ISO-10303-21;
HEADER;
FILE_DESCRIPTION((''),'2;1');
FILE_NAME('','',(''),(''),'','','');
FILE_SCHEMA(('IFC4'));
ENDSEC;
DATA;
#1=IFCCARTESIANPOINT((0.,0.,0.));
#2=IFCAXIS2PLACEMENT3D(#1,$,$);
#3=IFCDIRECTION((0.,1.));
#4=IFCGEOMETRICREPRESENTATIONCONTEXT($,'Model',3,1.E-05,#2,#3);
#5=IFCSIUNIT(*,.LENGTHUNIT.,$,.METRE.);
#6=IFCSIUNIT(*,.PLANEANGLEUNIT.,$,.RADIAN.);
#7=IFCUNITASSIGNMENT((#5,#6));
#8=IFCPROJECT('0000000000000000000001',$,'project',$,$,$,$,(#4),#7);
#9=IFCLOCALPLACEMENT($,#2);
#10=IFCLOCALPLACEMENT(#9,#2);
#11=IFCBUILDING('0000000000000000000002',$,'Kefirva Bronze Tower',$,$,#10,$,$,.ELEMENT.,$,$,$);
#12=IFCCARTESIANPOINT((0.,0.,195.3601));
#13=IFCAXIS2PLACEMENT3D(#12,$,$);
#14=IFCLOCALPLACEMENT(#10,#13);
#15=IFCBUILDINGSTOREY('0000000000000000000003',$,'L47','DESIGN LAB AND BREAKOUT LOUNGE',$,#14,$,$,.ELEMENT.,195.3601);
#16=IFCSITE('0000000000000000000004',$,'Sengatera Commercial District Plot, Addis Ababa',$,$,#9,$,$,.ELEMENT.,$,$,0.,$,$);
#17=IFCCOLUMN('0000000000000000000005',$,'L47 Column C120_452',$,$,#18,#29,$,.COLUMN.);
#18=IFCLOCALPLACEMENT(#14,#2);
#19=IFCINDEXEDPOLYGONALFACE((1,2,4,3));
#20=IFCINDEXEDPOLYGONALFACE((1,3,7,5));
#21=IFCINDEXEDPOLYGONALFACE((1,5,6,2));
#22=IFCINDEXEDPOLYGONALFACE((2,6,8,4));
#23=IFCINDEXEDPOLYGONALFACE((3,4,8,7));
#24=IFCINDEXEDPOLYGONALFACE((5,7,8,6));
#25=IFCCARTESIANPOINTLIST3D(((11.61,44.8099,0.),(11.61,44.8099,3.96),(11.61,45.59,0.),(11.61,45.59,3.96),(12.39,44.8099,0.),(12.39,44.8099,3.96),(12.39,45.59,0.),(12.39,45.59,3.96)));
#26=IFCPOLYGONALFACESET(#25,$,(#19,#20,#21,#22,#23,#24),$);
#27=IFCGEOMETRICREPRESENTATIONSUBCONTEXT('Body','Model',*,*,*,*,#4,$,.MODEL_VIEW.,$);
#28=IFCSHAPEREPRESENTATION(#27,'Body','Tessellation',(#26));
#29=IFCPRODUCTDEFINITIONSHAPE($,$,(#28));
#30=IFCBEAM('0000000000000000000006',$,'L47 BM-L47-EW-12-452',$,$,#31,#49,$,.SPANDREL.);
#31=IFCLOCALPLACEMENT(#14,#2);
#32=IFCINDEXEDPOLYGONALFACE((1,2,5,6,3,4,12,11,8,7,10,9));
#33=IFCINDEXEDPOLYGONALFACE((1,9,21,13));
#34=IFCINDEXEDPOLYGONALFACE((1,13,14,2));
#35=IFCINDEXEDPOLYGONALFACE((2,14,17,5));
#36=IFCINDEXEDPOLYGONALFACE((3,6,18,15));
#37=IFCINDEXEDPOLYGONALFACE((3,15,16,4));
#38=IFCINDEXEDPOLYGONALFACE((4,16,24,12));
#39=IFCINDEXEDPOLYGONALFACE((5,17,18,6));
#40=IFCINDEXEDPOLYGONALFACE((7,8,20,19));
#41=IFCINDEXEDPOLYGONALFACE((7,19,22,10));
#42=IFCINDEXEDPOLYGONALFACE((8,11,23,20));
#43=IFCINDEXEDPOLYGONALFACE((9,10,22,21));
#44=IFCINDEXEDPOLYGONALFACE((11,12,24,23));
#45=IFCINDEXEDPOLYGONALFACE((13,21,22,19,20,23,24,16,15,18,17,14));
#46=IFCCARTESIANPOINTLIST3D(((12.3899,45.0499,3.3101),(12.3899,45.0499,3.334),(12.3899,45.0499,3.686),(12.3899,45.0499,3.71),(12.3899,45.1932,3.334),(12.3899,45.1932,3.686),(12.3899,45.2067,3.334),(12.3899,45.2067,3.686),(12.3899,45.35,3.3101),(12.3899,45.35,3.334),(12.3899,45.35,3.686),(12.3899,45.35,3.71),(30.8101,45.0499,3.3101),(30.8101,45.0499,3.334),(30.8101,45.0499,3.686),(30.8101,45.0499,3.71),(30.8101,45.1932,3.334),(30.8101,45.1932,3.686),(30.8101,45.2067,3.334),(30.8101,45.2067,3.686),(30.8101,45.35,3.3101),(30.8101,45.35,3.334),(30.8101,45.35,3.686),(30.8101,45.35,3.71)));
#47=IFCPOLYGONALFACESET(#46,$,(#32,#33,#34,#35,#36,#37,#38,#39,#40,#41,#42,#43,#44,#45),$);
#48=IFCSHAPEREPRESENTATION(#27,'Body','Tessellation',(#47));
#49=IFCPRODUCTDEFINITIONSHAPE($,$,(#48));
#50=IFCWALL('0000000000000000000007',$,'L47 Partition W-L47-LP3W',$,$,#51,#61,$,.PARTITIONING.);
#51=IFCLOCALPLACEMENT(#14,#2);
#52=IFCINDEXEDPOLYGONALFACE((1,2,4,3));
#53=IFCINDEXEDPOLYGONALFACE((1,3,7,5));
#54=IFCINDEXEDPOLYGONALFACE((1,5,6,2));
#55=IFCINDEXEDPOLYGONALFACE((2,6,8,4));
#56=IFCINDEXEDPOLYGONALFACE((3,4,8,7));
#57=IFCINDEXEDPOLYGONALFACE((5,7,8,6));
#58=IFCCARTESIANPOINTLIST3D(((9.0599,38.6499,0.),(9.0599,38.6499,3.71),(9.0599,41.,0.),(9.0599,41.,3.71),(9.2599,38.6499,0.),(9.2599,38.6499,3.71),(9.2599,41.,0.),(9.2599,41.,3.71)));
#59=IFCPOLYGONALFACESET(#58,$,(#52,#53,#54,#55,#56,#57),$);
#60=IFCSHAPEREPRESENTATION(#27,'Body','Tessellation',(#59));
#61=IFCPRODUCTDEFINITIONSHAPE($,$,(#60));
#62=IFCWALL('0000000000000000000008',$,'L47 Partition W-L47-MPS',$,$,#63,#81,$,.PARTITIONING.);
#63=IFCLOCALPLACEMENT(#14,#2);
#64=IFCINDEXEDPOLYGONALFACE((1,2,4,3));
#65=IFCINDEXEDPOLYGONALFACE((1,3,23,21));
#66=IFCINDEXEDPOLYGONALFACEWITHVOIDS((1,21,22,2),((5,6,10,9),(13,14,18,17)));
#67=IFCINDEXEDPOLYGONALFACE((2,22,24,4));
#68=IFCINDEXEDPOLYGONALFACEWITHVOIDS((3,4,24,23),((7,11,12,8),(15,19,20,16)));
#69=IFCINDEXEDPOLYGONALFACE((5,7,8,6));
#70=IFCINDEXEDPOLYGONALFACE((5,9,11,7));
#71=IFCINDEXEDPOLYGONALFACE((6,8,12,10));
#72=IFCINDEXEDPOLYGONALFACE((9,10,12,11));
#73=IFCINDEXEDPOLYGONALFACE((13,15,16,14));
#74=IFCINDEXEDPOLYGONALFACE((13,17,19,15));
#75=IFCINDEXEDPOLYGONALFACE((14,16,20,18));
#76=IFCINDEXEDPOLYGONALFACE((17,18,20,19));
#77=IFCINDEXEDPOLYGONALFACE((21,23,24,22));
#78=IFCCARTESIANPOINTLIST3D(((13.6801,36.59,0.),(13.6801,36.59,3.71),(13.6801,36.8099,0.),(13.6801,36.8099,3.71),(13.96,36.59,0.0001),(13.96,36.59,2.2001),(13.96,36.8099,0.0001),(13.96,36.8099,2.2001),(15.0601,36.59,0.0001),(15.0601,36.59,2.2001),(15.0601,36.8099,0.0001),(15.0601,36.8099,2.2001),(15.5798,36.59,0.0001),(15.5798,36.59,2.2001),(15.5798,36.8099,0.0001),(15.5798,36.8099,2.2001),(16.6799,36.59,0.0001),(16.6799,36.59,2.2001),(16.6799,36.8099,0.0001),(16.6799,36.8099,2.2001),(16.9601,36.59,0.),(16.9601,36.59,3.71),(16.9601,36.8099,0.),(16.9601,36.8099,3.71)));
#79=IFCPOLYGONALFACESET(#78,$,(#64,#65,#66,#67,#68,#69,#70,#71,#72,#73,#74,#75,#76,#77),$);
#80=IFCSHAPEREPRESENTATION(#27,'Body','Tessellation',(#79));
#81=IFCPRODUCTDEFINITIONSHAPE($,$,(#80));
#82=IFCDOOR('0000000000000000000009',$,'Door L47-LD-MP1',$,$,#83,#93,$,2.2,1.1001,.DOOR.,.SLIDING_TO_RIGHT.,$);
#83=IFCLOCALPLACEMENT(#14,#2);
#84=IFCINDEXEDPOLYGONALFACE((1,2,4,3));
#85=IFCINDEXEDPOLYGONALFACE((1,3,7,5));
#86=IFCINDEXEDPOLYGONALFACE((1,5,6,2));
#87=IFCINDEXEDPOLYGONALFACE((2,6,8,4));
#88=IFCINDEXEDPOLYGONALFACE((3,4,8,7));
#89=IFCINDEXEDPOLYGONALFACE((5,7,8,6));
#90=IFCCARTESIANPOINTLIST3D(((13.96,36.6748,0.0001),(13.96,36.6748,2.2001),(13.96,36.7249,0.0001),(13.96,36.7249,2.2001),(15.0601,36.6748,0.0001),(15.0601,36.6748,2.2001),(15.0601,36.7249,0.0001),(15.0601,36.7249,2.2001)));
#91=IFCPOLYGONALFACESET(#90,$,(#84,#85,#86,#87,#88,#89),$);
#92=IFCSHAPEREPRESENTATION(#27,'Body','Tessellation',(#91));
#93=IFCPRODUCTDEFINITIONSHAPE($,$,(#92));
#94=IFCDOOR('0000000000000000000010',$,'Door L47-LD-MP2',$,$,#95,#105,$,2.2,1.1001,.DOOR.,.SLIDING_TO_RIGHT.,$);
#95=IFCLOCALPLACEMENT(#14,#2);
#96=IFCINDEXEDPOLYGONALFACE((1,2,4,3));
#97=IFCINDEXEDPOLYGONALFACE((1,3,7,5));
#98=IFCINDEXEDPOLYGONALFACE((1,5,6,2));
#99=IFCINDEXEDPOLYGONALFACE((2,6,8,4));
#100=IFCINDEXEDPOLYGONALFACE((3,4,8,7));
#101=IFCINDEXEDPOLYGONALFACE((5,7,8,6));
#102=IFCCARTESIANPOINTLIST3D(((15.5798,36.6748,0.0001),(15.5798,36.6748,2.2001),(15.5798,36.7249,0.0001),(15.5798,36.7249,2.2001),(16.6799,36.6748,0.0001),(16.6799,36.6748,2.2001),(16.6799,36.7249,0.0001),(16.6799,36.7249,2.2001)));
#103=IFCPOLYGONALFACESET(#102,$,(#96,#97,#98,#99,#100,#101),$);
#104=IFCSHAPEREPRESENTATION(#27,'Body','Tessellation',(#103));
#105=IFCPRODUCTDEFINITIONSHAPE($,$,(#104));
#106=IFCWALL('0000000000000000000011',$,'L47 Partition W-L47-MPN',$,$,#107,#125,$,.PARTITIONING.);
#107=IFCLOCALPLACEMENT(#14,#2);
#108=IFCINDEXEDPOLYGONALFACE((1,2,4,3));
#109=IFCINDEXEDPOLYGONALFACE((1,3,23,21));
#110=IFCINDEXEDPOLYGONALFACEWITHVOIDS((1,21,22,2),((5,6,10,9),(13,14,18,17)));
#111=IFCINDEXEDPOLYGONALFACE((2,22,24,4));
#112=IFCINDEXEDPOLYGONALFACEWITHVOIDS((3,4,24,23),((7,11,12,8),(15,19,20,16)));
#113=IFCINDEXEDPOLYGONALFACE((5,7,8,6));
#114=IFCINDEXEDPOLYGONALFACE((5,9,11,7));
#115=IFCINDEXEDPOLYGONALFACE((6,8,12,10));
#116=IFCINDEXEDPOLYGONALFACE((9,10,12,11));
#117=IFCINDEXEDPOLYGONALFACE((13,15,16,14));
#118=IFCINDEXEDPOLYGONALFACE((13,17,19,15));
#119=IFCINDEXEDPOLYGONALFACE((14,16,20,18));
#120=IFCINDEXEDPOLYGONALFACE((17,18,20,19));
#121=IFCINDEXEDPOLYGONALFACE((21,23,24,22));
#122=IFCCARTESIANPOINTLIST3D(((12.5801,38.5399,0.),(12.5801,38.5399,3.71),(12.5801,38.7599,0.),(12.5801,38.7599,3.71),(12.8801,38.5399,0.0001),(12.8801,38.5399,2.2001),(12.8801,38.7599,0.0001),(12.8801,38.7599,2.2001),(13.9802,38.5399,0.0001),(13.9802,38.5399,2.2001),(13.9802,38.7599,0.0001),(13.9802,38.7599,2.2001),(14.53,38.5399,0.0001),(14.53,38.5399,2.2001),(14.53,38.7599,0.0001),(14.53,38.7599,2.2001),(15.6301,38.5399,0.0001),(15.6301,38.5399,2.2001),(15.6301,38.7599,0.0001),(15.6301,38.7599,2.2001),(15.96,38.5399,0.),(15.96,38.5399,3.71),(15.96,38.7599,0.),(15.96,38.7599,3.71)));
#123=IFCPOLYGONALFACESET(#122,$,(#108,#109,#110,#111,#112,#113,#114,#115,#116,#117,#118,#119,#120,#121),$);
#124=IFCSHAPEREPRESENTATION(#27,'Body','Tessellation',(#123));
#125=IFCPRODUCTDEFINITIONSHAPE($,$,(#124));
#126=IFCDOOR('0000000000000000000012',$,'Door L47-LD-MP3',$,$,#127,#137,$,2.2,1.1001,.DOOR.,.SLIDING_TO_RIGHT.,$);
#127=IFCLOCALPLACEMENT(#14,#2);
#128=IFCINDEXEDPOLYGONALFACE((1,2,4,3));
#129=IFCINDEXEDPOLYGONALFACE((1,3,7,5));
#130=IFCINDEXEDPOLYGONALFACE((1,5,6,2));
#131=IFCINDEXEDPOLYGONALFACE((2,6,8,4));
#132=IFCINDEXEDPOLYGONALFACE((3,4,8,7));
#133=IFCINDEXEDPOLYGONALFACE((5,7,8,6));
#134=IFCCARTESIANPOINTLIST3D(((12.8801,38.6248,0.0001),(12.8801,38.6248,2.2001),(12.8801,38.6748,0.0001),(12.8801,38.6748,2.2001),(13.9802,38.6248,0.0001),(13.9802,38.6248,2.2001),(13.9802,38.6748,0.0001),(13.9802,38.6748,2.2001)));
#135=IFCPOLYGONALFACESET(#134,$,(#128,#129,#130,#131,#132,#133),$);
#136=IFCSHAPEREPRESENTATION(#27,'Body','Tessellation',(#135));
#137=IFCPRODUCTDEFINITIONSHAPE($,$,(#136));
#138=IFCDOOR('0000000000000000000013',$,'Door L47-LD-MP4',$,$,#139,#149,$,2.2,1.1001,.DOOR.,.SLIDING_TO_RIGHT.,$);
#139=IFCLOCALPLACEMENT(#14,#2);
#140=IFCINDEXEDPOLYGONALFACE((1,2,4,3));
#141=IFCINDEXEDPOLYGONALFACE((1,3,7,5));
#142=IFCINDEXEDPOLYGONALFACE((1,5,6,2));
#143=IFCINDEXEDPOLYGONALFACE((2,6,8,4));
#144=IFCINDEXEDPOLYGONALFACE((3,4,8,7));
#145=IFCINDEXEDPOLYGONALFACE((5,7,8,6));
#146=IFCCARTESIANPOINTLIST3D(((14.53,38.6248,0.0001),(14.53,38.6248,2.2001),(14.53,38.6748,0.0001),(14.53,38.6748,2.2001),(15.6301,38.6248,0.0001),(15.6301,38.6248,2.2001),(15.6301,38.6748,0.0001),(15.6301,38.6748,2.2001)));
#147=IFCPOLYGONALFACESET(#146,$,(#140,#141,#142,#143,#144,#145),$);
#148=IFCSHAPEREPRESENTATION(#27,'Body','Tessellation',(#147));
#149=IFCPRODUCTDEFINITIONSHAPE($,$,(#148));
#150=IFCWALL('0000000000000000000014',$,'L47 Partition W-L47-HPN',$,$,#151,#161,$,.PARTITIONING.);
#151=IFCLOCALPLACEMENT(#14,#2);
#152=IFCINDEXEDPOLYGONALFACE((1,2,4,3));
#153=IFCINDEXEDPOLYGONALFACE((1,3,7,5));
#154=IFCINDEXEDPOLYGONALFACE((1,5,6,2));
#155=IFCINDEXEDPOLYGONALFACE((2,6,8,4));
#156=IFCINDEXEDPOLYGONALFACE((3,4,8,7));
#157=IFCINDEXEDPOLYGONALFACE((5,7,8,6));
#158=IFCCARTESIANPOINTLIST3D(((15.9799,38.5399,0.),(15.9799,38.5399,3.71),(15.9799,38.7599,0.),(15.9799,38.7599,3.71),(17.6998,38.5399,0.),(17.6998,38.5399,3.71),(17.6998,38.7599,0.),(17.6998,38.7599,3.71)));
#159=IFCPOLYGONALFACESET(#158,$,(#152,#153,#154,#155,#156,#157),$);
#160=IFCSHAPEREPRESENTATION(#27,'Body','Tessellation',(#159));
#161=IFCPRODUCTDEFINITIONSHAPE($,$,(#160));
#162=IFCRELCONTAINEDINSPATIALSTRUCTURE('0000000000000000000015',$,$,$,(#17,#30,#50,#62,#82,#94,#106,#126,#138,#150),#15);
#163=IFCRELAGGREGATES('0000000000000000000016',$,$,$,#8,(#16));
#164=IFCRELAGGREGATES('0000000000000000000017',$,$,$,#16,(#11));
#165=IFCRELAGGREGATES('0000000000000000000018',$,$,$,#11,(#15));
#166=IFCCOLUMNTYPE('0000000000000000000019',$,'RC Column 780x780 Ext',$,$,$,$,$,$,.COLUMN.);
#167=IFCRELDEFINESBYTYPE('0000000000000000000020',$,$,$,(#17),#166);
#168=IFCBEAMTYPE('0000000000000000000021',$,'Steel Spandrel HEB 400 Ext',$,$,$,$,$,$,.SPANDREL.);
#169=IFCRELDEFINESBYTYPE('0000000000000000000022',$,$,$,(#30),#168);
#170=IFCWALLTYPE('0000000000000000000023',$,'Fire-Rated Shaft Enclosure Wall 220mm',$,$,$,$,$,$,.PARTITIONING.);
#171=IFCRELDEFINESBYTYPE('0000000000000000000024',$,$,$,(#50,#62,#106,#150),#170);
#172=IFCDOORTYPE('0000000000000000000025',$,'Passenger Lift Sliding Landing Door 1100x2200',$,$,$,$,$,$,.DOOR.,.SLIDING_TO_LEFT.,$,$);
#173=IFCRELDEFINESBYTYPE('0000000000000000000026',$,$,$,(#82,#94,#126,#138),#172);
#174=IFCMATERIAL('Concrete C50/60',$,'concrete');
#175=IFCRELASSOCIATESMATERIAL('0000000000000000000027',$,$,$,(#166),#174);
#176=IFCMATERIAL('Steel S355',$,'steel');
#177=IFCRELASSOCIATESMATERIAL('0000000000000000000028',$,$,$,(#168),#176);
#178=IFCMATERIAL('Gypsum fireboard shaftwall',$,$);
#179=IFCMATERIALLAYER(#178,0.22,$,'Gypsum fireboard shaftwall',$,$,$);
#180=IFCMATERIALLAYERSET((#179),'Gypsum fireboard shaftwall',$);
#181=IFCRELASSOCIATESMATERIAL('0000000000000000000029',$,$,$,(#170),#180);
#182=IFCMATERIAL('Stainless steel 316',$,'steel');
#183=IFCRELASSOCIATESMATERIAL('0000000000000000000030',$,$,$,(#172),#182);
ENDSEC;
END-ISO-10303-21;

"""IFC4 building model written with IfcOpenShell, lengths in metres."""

from ifc_helpers import new_model, si_unit, direction, frame, frame_2d, origin, origin_2d, place, context, subcontext, project, spatial, rectangle, i_section, extrude, material, layer, layer_set, material_profile, profile_set, type_object, element, fill, save


model = new_model("IFC4")

# Units and contexts
model_context = context("Model", 3, precision=1e-05, world=origin(), true_north=direction((0.0, 1.0)))
body_context = subcontext(model_context, "Body", "Model", "MODEL_VIEW")
ifc_project = project(units=[si_unit("LENGTHUNIT", "METRE"), si_unit("PLANEANGLEUNIT", "RADIAN")], contexts=[model_context])

# Site, building, storey
site_placement = place(None, origin())
site = spatial("IfcSite", under=ifc_project, at=site_placement, Name="Sengatera Commercial District Plot, Addis Ababa", CompositionType="ELEMENT", RefElevation=0.0)
building_placement = place(site_placement, origin())
building = spatial("IfcBuilding", under=site, at=building_placement, Name="Kefirva Bronze Tower", CompositionType="ELEMENT")
storey_placement = place(building_placement, frame((0.0, 0.0, 195.3601)))
storey = spatial("IfcBuildingStorey", under=building, at=storey_placement, Name="L47", Description="DESIGN LAB AND BREAKOUT LOUNGE", CompositionType="ELEMENT", Elevation=195.3601)

# Column
ifc_material_1 = material(Name="Concrete C50/60", Category="concrete")
ifc_material_profile_1 = material_profile(ifc_material_1, rectangle(XDim=0.78, YDim=0.78, at=origin_2d()), Name="RC 780x780")
ifc_profile_set_1 = profile_set([ifc_material_profile_1], Name="Concrete C50/60")
column_type = type_object("IfcColumnType", Name="RC Column 780x780 Ext", PredefinedType="COLUMN", material=ifc_profile_set_1)
column_placement = place(storey_placement, frame((12.0, 45.2, 0.0), z_axis=(0.0, 0.0, 1.0), x_axis=(1.0, 0.0, 0.0)))
element("IfcColumn", 1, at=column_placement, inside=storey, type_object=column_type, Name="L47 Column C120_452", PredefinedType="COLUMN", context=body_context, shape_type="SweptSolid", body=[
    extrude(rectangle(XDim=0.78, YDim=0.78, at=origin_2d()), origin(), (0.0, 0.0, 1.0), 3.96),
])

# Beam
ifc_material_2 = material(Name="Steel S355", Category="steel")
ifc_material_profile_2 = material_profile(ifc_material_2, i_section(OverallWidth=0.3, OverallDepth=0.3999, WebThickness=0.0134, FlangeThickness=0.0239, at=origin_2d()), Name="HEB 400")
ifc_profile_set_2 = profile_set([ifc_material_profile_2], Name="Steel S355")
beam_type = type_object("IfcBeamType", Name="Steel Spandrel HEB 400 Ext", PredefinedType="SPANDREL", material=ifc_profile_set_2)
beam_placement = place(storey_placement, frame((12.3899, 45.2, 3.51), z_axis=(1.0, 0.0, 0.0), x_axis=(0.0, 1.0, 0.0)))
element("IfcBeam", 2, at=beam_placement, inside=storey, type_object=beam_type, Name="L47 BM-L47-EW-12-452", PredefinedType="SPANDREL", context=body_context, shape_type="SweptSolid", body=[
    extrude(i_section(OverallWidth=0.3, OverallDepth=0.3999, WebThickness=0.0134, FlangeThickness=0.0239, at=origin_2d()), origin(), (0.0, 0.0, 1.0), 18.4202),
])

# Wall
ifc_material_3 = material(Name="Gypsum fireboard shaftwall")
ifc_layer_1 = layer(ifc_material_3, 0.22, Name="Gypsum fireboard shaftwall")
ifc_layer_set_1 = layer_set([ifc_layer_1], Name="Gypsum fireboard shaftwall")
wall_type_1 = type_object("IfcWallType", Name="Fire-Rated Shaft Enclosure Wall 220mm", PredefinedType="PARTITIONING", material=ifc_layer_set_1)
wall_1_placement = place(storey_placement, frame((9.1599, 38.6499, 0.0), z_axis=(0.0, 0.0, 1.0), x_axis=(0.0, 1.0, 0.0)))
element("IfcWall", 3, at=wall_1_placement, inside=storey, type_object=wall_type_1, Name="L47 Partition W-L47-LP3W", PredefinedType="PARTITIONING", context=body_context, shape_type="SweptSolid", body=[
    extrude(rectangle(XDim=2.3501, YDim=0.2, at=frame_2d((1.175, 0.0))), origin(), (0.0, 0.0, 1.0), 3.71),
])

# Walls, openings, doors
wall_2_placement = place(storey_placement, frame((13.6799, 36.7, 0.0), z_axis=(0.0, 0.0, 1.0), x_axis=(1.0, 0.0, 0.0)))
wall_2 = element("IfcWall", 4, at=wall_2_placement, inside=storey, type_object=wall_type_1, Name="L47 Partition W-L47-MPS", PredefinedType="PARTITIONING", context=body_context, shape_type="SweptSolid", body=[
    extrude(rectangle(XDim=3.28, YDim=0.22, at=frame_2d((1.6401, 0.0))), origin(), (0.0, 0.0, 1.0), 3.71),
])
opening_1_placement = place(wall_2_placement, frame((0.28, 0.0, 0.0)))
opening_1 = element("IfcOpeningElement", 5, at=opening_1_placement, cuts=wall_2, PredefinedType="OPENING", context=body_context, shape_type="SweptSolid", body=[
    extrude(rectangle(XDim=1.1001, YDim=2.2, at=frame_2d((0.55, 1.1001))), frame((0.0, 0.1201, 0.0), z_axis=(0.0, -1.0, 0.0), x_axis=(1.0, 0.0, 0.0)), (0.0, 0.0, 1.0), 0.24),
])
opening_2_placement = place(wall_2_placement, frame((1.8999, 0.0, 0.0)))
opening_2 = element("IfcOpeningElement", 6, at=opening_2_placement, cuts=wall_2, PredefinedType="OPENING", context=body_context, shape_type="SweptSolid", body=[
    extrude(rectangle(XDim=1.1001, YDim=2.2, at=frame_2d((0.55, 1.1001))), frame((0.0, 0.1201, 0.0), z_axis=(0.0, -1.0, 0.0), x_axis=(1.0, 0.0, 0.0)), (0.0, 0.0, 1.0), 0.24),
])
ifc_material_4 = material(Name="Stainless steel 316", Category="steel")
door_type_1 = type_object("IfcDoorType", Name="Passenger Lift Sliding Landing Door 1100x2200", OperationType="SLIDING_TO_LEFT", PredefinedType="DOOR", material=ifc_material_4)
door_1_placement = place(opening_1_placement, origin())
door_1 = element("IfcDoor", 7, at=door_1_placement, inside=storey, type_object=door_type_1, Name="Door L47-LD-MP1", OperationType="SLIDING_TO_RIGHT", OverallHeight=2.2, OverallWidth=1.1001, PredefinedType="DOOR", context=body_context, shape_type="SweptSolid", body=[
    extrude(rectangle(XDim=1.1001, YDim=2.2, at=frame_2d((0.55, 1.1001))), frame((0.0, 0.0249, 0.0), z_axis=(0.0, -1.0, 0.0), x_axis=(1.0, 0.0, 0.0)), (0.0, 0.0, 1.0), 0.05),
])
fill(opening_1, door_1)
door_2_placement = place(opening_2_placement, origin())
door_2 = element("IfcDoor", 8, at=door_2_placement, inside=storey, type_object=door_type_1, Name="Door L47-LD-MP2", OperationType="SLIDING_TO_RIGHT", OverallHeight=2.2, OverallWidth=1.1001, PredefinedType="DOOR", context=body_context, shape_type="SweptSolid", body=[
    extrude(rectangle(XDim=1.1001, YDim=2.2, at=frame_2d((0.55, 1.1001))), frame((0.0, 0.0249, 0.0), z_axis=(0.0, -1.0, 0.0), x_axis=(1.0, 0.0, 0.0)), (0.0, 0.0, 1.0), 0.05),
])
fill(opening_2, door_2)
wall_3_placement = place(storey_placement, frame((12.5801, 38.6499, 0.0), z_axis=(0.0, 0.0, 1.0), x_axis=(1.0, 0.0, 0.0)))
wall_3 = element("IfcWall", 9, at=wall_3_placement, inside=storey, type_object=wall_type_1, Name="L47 Partition W-L47-MPN", PredefinedType="PARTITIONING", context=body_context, shape_type="SweptSolid", body=[
    extrude(rectangle(XDim=3.3799, YDim=0.22, at=frame_2d((1.6899, 0.0))), origin(), (0.0, 0.0, 1.0), 3.71),
])
opening_3_placement = place(wall_3_placement, frame((0.3, 0.0, 0.0)))
opening_3 = element("IfcOpeningElement", 10, at=opening_3_placement, cuts=wall_3, PredefinedType="OPENING", context=body_context, shape_type="SweptSolid", body=[
    extrude(rectangle(XDim=1.1001, YDim=2.2, at=frame_2d((0.55, 1.1001))), frame((0.0, 0.1201, 0.0), z_axis=(0.0, -1.0, 0.0), x_axis=(1.0, 0.0, 0.0)), (0.0, 0.0, 1.0), 0.24),
])
opening_4_placement = place(wall_3_placement, frame((1.95, 0.0, 0.0)))
opening_4 = element("IfcOpeningElement", 11, at=opening_4_placement, cuts=wall_3, PredefinedType="OPENING", context=body_context, shape_type="SweptSolid", body=[
    extrude(rectangle(XDim=1.1001, YDim=2.2, at=frame_2d((0.55, 1.1001))), frame((0.0, 0.1201, 0.0), z_axis=(0.0, -1.0, 0.0), x_axis=(1.0, 0.0, 0.0)), (0.0, 0.0, 1.0), 0.24),
])
door_3_placement = place(opening_3_placement, origin())
door_3 = element("IfcDoor", 12, at=door_3_placement, inside=storey, type_object=door_type_1, Name="Door L47-LD-MP3", OperationType="SLIDING_TO_RIGHT", OverallHeight=2.2, OverallWidth=1.1001, PredefinedType="DOOR", context=body_context, shape_type="SweptSolid", body=[
    extrude(rectangle(XDim=1.1001, YDim=2.2, at=frame_2d((0.55, 1.1001))), frame((0.0, 0.0249, 0.0), z_axis=(0.0, -1.0, 0.0), x_axis=(1.0, 0.0, 0.0)), (0.0, 0.0, 1.0), 0.05),
])
fill(opening_3, door_3)
door_4_placement = place(opening_4_placement, origin())
door_4 = element("IfcDoor", 13, at=door_4_placement, inside=storey, type_object=door_type_1, Name="Door L47-LD-MP4", OperationType="SLIDING_TO_RIGHT", OverallHeight=2.2, OverallWidth=1.1001, PredefinedType="DOOR", context=body_context, shape_type="SweptSolid", body=[
    extrude(rectangle(XDim=1.1001, YDim=2.2, at=frame_2d((0.55, 1.1001))), frame((0.0, 0.0249, 0.0), z_axis=(0.0, -1.0, 0.0), x_axis=(1.0, 0.0, 0.0)), (0.0, 0.0, 1.0), 0.05),
])
fill(opening_4, door_4)

# Wall
wall_4_placement = place(storey_placement, frame((15.98, 38.6499, 0.0), z_axis=(0.0, 0.0, 1.0), x_axis=(1.0, 0.0, 0.0)))
element("IfcWall", 14, at=wall_4_placement, inside=storey, type_object=wall_type_1, Name="L47 Partition W-L47-HPN", PredefinedType="PARTITIONING", context=body_context, shape_type="SweptSolid", body=[
    extrude(rectangle(XDim=1.72, YDim=0.22, at=frame_2d((0.8599, 0.0))), origin(), (0.0, 0.0, 1.0), 3.71),
])

save(model, "model.ifc")
